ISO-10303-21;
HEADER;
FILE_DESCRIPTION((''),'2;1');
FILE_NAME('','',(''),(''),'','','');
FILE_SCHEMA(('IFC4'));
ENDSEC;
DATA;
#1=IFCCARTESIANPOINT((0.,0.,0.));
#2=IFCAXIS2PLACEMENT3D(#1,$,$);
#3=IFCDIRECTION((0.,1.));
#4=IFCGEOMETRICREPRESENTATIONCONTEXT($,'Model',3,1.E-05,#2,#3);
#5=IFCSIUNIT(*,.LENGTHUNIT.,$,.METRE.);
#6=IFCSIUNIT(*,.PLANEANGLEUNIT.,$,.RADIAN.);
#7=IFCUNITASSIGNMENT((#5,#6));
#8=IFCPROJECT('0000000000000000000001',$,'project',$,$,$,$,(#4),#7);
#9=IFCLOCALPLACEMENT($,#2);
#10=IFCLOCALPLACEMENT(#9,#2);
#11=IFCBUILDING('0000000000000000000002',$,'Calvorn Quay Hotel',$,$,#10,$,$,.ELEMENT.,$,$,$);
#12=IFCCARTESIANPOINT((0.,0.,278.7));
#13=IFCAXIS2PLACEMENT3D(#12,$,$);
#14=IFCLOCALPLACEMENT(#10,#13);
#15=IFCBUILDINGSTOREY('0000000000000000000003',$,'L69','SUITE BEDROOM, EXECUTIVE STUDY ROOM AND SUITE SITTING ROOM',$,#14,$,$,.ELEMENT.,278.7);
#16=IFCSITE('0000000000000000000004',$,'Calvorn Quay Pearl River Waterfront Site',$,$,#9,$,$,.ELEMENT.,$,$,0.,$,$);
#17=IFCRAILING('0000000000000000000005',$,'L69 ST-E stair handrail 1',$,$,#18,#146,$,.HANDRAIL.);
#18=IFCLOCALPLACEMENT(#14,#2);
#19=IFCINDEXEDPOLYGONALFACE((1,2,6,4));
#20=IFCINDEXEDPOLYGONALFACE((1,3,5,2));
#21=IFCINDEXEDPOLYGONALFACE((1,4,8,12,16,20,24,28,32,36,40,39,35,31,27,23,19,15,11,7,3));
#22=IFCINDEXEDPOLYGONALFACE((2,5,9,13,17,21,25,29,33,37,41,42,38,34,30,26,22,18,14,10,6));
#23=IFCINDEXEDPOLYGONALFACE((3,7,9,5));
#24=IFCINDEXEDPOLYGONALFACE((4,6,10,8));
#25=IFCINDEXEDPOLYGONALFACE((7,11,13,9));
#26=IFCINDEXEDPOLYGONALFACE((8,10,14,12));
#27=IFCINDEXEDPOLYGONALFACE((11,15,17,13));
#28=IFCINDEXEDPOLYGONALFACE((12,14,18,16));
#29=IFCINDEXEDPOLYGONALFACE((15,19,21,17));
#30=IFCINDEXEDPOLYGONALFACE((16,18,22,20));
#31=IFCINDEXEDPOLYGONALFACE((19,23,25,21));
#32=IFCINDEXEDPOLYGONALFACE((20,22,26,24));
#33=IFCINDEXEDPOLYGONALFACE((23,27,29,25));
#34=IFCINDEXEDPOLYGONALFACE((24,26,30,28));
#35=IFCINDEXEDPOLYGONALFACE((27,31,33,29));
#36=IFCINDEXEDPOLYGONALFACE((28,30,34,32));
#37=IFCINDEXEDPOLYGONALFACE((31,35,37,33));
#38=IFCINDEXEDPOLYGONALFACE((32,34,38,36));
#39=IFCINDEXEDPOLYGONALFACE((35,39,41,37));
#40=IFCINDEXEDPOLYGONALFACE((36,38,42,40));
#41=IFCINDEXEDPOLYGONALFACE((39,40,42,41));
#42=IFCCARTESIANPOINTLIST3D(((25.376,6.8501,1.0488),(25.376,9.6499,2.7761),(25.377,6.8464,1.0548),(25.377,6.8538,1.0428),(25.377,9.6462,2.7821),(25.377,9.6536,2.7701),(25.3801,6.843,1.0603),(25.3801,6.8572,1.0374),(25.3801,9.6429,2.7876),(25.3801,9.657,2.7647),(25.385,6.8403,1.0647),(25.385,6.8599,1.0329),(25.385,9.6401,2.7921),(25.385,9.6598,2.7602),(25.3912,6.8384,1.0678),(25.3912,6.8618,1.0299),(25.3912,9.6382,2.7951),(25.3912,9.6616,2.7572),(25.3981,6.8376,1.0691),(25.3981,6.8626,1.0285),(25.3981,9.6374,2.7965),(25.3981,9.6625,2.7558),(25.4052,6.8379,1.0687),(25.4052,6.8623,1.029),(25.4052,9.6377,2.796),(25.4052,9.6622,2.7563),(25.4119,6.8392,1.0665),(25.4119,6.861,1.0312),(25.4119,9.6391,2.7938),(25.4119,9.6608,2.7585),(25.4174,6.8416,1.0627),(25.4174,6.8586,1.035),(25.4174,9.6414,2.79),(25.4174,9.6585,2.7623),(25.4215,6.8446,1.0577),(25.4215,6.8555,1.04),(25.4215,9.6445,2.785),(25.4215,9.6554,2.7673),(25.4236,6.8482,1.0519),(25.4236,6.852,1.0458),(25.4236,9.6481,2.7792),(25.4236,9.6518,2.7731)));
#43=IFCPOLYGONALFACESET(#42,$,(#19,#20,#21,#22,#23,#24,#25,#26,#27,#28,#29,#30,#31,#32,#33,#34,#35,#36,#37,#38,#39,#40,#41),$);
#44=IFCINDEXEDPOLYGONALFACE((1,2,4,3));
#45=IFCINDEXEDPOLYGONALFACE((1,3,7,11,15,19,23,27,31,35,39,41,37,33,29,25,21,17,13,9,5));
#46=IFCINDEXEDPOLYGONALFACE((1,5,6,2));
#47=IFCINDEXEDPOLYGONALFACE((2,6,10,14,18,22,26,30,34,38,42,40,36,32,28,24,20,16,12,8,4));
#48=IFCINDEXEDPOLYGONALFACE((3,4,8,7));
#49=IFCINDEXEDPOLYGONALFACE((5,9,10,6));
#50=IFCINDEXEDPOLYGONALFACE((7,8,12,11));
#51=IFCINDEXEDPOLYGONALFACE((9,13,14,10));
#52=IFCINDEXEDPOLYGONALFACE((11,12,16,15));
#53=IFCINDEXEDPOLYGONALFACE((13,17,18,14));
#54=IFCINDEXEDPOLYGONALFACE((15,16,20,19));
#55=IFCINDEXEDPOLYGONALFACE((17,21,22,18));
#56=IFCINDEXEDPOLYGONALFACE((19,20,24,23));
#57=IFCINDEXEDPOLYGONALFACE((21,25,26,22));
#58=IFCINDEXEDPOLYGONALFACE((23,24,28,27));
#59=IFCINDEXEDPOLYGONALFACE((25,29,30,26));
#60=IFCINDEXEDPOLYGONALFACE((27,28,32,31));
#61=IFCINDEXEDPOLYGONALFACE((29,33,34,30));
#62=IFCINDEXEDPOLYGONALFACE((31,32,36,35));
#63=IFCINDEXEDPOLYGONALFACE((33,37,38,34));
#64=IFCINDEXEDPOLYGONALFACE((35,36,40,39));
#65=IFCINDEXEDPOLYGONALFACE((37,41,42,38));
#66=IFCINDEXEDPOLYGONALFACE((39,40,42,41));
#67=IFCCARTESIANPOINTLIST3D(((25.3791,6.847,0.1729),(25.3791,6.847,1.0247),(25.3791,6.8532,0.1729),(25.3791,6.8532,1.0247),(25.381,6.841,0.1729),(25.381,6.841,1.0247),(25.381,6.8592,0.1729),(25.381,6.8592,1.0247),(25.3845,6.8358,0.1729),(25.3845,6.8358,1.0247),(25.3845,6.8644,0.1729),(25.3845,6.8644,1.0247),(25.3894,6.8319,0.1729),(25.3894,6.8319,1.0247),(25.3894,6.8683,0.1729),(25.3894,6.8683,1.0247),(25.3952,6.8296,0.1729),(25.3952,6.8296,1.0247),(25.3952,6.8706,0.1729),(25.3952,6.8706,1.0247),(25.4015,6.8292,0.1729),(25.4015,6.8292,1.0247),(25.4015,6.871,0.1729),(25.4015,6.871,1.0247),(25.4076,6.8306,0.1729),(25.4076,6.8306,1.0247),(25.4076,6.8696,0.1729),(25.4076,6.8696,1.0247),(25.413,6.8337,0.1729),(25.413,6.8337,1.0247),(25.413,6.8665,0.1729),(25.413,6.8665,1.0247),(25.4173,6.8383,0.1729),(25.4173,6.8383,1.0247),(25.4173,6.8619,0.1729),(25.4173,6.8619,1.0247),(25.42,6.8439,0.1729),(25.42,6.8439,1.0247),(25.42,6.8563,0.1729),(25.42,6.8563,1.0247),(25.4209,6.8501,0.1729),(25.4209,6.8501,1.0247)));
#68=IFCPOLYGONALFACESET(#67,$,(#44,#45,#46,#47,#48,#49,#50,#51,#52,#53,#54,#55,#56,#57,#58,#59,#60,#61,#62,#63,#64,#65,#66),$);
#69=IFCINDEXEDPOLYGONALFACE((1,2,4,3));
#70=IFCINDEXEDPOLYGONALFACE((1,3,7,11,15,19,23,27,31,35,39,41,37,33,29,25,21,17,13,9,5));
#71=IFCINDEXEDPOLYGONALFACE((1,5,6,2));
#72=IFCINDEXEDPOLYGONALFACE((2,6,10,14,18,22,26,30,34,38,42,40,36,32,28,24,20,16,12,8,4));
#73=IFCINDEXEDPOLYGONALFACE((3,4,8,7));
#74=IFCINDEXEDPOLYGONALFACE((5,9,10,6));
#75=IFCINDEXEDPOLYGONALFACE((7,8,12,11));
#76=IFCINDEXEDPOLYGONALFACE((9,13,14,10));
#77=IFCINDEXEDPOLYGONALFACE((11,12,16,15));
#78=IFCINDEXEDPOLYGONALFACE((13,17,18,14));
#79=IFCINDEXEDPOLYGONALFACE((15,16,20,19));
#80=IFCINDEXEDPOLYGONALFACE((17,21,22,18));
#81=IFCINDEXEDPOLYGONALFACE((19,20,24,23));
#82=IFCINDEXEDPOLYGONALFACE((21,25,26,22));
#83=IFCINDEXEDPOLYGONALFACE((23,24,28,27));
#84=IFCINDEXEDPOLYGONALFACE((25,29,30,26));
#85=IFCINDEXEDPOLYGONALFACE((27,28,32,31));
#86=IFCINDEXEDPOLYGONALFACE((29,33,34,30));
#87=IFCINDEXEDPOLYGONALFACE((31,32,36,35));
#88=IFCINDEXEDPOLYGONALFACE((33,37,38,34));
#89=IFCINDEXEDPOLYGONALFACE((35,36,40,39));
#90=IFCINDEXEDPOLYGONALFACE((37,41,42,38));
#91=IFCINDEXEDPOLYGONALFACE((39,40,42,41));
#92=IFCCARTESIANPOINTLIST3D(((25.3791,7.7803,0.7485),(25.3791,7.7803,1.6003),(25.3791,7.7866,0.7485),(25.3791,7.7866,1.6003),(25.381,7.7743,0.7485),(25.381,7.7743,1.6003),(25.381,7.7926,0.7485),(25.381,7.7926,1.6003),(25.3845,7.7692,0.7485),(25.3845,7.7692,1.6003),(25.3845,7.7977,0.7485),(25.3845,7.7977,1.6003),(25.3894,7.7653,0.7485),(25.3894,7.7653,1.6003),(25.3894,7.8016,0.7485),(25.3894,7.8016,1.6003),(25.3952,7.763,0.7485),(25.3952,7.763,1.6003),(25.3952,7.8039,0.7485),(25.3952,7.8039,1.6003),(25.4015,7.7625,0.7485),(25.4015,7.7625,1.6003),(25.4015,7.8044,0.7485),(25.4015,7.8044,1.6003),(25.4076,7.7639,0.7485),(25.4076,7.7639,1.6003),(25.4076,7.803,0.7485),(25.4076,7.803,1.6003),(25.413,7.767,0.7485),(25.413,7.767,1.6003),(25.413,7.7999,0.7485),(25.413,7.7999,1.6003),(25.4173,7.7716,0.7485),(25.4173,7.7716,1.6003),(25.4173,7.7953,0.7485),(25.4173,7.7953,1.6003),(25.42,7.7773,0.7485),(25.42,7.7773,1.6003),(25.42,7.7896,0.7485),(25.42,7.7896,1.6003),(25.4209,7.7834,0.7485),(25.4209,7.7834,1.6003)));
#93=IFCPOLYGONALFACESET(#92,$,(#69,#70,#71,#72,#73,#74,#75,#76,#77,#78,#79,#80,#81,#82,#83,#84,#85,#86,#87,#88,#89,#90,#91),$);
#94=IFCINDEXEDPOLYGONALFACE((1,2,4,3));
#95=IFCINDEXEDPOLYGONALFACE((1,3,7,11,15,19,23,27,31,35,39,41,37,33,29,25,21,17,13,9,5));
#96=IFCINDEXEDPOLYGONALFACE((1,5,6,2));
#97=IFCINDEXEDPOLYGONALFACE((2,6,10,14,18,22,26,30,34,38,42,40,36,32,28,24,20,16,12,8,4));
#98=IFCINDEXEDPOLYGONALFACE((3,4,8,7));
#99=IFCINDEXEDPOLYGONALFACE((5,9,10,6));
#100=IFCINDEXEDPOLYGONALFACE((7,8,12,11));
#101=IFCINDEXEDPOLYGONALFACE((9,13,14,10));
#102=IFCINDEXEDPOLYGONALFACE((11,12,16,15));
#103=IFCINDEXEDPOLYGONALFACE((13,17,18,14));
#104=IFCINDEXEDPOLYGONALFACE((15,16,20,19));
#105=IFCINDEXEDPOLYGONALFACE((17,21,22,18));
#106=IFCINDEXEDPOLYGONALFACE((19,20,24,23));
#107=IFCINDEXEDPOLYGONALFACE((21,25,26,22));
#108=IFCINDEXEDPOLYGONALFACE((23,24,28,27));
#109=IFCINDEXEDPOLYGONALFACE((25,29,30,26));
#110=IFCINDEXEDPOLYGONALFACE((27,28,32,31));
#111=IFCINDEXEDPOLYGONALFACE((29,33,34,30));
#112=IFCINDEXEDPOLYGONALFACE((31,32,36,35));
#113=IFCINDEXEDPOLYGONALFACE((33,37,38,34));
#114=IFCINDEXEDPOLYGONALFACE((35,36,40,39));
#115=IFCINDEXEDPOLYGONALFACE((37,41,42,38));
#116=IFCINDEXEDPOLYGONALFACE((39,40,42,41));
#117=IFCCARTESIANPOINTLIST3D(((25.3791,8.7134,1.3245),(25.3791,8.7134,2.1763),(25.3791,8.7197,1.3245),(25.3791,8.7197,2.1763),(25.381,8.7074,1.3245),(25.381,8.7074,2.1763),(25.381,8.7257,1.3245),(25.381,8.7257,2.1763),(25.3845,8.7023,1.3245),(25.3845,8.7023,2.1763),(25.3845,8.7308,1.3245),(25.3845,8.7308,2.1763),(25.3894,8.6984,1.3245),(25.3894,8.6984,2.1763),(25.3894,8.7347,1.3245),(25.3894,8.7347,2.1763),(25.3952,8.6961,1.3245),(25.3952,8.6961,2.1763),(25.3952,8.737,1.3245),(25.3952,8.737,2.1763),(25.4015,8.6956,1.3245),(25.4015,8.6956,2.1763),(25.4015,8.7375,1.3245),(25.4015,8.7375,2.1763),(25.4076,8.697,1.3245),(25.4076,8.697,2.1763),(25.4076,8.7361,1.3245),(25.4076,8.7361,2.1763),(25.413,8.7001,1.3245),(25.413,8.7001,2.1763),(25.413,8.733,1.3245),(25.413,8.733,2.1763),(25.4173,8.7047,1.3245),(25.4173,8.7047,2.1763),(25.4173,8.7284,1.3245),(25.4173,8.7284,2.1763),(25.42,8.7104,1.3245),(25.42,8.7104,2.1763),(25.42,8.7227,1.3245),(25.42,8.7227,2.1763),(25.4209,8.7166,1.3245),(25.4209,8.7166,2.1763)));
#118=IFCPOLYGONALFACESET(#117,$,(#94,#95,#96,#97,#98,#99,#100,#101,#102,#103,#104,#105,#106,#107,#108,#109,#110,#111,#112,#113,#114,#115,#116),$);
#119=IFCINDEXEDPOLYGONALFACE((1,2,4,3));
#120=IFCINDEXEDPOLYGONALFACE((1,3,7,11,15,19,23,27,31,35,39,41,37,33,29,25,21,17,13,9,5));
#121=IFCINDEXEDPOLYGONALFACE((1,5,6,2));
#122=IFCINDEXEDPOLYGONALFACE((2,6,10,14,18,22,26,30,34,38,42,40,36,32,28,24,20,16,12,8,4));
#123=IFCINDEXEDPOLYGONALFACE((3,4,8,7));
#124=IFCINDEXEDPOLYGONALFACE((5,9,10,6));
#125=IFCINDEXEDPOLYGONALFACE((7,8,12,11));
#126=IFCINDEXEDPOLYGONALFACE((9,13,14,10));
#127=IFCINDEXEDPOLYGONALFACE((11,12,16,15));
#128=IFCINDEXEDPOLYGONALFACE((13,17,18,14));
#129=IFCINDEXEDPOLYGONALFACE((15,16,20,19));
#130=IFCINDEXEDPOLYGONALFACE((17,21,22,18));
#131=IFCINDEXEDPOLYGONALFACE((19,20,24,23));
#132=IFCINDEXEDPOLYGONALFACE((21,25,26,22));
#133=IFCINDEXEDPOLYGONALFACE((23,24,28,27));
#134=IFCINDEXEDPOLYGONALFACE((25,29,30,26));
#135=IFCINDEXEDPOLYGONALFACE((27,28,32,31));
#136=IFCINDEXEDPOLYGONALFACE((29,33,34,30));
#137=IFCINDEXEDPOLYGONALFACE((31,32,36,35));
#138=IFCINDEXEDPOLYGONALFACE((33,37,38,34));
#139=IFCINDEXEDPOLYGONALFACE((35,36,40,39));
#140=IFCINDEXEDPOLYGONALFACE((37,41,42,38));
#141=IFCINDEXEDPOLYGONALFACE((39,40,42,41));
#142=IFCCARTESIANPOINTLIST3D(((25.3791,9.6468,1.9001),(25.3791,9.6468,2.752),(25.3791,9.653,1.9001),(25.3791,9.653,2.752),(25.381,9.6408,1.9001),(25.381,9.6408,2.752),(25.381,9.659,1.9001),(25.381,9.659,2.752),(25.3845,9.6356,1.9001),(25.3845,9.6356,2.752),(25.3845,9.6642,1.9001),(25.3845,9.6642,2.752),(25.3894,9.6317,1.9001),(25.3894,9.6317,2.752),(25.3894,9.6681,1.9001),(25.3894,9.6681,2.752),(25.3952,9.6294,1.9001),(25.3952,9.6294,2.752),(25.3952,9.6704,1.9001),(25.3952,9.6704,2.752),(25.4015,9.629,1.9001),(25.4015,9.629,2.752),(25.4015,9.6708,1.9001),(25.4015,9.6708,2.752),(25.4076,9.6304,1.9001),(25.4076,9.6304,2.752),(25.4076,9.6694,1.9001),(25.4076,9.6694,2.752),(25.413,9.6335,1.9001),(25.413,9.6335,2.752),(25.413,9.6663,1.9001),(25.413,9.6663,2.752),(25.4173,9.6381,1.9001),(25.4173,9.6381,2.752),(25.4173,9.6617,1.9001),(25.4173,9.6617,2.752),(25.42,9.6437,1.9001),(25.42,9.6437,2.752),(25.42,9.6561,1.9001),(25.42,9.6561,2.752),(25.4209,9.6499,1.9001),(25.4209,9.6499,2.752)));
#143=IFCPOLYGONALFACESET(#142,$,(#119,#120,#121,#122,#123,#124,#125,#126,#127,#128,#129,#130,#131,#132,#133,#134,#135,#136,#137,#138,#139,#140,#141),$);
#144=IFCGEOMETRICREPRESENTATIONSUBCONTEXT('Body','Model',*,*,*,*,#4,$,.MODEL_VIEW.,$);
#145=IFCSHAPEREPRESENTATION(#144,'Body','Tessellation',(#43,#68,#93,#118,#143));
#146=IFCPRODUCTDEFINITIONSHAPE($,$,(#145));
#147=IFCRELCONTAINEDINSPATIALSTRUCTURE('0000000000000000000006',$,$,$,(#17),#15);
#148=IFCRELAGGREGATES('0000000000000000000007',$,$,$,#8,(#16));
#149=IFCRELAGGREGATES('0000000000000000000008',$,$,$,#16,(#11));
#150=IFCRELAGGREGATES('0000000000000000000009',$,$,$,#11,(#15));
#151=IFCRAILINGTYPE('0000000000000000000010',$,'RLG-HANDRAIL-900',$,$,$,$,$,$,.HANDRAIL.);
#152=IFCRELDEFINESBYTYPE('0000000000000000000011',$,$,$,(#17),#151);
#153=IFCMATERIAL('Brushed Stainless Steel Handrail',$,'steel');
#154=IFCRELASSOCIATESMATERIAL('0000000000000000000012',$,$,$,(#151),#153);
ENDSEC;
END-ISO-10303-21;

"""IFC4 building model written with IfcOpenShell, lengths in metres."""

from ifc_helpers import new_model, si_unit, direction, frame, origin, origin_2d, place, context, subcontext, project, spatial, circle, extrude, material, type_object, element, save


model = new_model("IFC4")

# Units and contexts
model_context = context("Model", 3, precision=1e-05, world=origin(), true_north=direction((0.0, 1.0)))
body_context = subcontext(model_context, "Body", "Model", "MODEL_VIEW")
ifc_project = project(units=[si_unit("LENGTHUNIT", "METRE"), si_unit("PLANEANGLEUNIT", "RADIAN")], contexts=[model_context])

# Site, building, storey
site_placement = place(None, origin())
site = spatial("IfcSite", under=ifc_project, at=site_placement, Name="Calvorn Quay Pearl River Waterfront Site", CompositionType="ELEMENT", RefElevation=0.0)
building_placement = place(site_placement, origin())
building = spatial("IfcBuilding", under=site, at=building_placement, Name="Calvorn Quay Hotel", CompositionType="ELEMENT")
storey_placement = place(building_placement, frame((0.0, 0.0, 278.7)))
storey = spatial("IfcBuildingStorey", under=building, at=storey_placement, Name="L69", Description="SUITE BEDROOM, EXECUTIVE STUDY ROOM AND SUITE SITTING ROOM", CompositionType="ELEMENT", Elevation=278.7)

# Railing
ifc_material_1 = material(Name="Brushed Stainless Steel Handrail", Category="steel")
railing_type_1 = type_object("IfcRailingType", Name="RLG-HANDRAIL-900", PredefinedType="HANDRAIL", material=ifc_material_1)
railing_1_placement = place(storey_placement, frame((25.3999, 6.8501, 0.1729)))
element("IfcRailing", 1, at=railing_1_placement, inside=storey, type_object=railing_type_1, Name="L69 ST-E stair handrail 1", PredefinedType="HANDRAIL", context=body_context, shape_type="SweptSolid", body=[
    extrude(circle(Radius=0.0239, at=origin_2d()), frame((0.0, 0.0, 0.876), z_axis=(0.0, 0.851069, 0.525054), x_axis=(-1.0, 0.0, 0.0)), (0.0, 0.0, 1.0), 3.2898),
    extrude(circle(Radius=0.021, at=origin_2d()), origin(), (0.0, 0.0, 1.0), 0.8518),
    extrude(circle(Radius=0.021, at=origin_2d()), frame((0.0, 0.9333, 0.5757)), (0.0, 0.0, 1.0), 0.8518),
    extrude(circle(Radius=0.021, at=origin_2d()), frame((0.0, 1.8665, 1.1516)), (0.0, 0.0, 1.0), 0.8518),
    extrude(circle(Radius=0.021, at=origin_2d()), frame((0.0, 2.7998, 1.7273)), (0.0, 0.0, 1.0), 0.8518),
])

save(model, "model.ifc")
